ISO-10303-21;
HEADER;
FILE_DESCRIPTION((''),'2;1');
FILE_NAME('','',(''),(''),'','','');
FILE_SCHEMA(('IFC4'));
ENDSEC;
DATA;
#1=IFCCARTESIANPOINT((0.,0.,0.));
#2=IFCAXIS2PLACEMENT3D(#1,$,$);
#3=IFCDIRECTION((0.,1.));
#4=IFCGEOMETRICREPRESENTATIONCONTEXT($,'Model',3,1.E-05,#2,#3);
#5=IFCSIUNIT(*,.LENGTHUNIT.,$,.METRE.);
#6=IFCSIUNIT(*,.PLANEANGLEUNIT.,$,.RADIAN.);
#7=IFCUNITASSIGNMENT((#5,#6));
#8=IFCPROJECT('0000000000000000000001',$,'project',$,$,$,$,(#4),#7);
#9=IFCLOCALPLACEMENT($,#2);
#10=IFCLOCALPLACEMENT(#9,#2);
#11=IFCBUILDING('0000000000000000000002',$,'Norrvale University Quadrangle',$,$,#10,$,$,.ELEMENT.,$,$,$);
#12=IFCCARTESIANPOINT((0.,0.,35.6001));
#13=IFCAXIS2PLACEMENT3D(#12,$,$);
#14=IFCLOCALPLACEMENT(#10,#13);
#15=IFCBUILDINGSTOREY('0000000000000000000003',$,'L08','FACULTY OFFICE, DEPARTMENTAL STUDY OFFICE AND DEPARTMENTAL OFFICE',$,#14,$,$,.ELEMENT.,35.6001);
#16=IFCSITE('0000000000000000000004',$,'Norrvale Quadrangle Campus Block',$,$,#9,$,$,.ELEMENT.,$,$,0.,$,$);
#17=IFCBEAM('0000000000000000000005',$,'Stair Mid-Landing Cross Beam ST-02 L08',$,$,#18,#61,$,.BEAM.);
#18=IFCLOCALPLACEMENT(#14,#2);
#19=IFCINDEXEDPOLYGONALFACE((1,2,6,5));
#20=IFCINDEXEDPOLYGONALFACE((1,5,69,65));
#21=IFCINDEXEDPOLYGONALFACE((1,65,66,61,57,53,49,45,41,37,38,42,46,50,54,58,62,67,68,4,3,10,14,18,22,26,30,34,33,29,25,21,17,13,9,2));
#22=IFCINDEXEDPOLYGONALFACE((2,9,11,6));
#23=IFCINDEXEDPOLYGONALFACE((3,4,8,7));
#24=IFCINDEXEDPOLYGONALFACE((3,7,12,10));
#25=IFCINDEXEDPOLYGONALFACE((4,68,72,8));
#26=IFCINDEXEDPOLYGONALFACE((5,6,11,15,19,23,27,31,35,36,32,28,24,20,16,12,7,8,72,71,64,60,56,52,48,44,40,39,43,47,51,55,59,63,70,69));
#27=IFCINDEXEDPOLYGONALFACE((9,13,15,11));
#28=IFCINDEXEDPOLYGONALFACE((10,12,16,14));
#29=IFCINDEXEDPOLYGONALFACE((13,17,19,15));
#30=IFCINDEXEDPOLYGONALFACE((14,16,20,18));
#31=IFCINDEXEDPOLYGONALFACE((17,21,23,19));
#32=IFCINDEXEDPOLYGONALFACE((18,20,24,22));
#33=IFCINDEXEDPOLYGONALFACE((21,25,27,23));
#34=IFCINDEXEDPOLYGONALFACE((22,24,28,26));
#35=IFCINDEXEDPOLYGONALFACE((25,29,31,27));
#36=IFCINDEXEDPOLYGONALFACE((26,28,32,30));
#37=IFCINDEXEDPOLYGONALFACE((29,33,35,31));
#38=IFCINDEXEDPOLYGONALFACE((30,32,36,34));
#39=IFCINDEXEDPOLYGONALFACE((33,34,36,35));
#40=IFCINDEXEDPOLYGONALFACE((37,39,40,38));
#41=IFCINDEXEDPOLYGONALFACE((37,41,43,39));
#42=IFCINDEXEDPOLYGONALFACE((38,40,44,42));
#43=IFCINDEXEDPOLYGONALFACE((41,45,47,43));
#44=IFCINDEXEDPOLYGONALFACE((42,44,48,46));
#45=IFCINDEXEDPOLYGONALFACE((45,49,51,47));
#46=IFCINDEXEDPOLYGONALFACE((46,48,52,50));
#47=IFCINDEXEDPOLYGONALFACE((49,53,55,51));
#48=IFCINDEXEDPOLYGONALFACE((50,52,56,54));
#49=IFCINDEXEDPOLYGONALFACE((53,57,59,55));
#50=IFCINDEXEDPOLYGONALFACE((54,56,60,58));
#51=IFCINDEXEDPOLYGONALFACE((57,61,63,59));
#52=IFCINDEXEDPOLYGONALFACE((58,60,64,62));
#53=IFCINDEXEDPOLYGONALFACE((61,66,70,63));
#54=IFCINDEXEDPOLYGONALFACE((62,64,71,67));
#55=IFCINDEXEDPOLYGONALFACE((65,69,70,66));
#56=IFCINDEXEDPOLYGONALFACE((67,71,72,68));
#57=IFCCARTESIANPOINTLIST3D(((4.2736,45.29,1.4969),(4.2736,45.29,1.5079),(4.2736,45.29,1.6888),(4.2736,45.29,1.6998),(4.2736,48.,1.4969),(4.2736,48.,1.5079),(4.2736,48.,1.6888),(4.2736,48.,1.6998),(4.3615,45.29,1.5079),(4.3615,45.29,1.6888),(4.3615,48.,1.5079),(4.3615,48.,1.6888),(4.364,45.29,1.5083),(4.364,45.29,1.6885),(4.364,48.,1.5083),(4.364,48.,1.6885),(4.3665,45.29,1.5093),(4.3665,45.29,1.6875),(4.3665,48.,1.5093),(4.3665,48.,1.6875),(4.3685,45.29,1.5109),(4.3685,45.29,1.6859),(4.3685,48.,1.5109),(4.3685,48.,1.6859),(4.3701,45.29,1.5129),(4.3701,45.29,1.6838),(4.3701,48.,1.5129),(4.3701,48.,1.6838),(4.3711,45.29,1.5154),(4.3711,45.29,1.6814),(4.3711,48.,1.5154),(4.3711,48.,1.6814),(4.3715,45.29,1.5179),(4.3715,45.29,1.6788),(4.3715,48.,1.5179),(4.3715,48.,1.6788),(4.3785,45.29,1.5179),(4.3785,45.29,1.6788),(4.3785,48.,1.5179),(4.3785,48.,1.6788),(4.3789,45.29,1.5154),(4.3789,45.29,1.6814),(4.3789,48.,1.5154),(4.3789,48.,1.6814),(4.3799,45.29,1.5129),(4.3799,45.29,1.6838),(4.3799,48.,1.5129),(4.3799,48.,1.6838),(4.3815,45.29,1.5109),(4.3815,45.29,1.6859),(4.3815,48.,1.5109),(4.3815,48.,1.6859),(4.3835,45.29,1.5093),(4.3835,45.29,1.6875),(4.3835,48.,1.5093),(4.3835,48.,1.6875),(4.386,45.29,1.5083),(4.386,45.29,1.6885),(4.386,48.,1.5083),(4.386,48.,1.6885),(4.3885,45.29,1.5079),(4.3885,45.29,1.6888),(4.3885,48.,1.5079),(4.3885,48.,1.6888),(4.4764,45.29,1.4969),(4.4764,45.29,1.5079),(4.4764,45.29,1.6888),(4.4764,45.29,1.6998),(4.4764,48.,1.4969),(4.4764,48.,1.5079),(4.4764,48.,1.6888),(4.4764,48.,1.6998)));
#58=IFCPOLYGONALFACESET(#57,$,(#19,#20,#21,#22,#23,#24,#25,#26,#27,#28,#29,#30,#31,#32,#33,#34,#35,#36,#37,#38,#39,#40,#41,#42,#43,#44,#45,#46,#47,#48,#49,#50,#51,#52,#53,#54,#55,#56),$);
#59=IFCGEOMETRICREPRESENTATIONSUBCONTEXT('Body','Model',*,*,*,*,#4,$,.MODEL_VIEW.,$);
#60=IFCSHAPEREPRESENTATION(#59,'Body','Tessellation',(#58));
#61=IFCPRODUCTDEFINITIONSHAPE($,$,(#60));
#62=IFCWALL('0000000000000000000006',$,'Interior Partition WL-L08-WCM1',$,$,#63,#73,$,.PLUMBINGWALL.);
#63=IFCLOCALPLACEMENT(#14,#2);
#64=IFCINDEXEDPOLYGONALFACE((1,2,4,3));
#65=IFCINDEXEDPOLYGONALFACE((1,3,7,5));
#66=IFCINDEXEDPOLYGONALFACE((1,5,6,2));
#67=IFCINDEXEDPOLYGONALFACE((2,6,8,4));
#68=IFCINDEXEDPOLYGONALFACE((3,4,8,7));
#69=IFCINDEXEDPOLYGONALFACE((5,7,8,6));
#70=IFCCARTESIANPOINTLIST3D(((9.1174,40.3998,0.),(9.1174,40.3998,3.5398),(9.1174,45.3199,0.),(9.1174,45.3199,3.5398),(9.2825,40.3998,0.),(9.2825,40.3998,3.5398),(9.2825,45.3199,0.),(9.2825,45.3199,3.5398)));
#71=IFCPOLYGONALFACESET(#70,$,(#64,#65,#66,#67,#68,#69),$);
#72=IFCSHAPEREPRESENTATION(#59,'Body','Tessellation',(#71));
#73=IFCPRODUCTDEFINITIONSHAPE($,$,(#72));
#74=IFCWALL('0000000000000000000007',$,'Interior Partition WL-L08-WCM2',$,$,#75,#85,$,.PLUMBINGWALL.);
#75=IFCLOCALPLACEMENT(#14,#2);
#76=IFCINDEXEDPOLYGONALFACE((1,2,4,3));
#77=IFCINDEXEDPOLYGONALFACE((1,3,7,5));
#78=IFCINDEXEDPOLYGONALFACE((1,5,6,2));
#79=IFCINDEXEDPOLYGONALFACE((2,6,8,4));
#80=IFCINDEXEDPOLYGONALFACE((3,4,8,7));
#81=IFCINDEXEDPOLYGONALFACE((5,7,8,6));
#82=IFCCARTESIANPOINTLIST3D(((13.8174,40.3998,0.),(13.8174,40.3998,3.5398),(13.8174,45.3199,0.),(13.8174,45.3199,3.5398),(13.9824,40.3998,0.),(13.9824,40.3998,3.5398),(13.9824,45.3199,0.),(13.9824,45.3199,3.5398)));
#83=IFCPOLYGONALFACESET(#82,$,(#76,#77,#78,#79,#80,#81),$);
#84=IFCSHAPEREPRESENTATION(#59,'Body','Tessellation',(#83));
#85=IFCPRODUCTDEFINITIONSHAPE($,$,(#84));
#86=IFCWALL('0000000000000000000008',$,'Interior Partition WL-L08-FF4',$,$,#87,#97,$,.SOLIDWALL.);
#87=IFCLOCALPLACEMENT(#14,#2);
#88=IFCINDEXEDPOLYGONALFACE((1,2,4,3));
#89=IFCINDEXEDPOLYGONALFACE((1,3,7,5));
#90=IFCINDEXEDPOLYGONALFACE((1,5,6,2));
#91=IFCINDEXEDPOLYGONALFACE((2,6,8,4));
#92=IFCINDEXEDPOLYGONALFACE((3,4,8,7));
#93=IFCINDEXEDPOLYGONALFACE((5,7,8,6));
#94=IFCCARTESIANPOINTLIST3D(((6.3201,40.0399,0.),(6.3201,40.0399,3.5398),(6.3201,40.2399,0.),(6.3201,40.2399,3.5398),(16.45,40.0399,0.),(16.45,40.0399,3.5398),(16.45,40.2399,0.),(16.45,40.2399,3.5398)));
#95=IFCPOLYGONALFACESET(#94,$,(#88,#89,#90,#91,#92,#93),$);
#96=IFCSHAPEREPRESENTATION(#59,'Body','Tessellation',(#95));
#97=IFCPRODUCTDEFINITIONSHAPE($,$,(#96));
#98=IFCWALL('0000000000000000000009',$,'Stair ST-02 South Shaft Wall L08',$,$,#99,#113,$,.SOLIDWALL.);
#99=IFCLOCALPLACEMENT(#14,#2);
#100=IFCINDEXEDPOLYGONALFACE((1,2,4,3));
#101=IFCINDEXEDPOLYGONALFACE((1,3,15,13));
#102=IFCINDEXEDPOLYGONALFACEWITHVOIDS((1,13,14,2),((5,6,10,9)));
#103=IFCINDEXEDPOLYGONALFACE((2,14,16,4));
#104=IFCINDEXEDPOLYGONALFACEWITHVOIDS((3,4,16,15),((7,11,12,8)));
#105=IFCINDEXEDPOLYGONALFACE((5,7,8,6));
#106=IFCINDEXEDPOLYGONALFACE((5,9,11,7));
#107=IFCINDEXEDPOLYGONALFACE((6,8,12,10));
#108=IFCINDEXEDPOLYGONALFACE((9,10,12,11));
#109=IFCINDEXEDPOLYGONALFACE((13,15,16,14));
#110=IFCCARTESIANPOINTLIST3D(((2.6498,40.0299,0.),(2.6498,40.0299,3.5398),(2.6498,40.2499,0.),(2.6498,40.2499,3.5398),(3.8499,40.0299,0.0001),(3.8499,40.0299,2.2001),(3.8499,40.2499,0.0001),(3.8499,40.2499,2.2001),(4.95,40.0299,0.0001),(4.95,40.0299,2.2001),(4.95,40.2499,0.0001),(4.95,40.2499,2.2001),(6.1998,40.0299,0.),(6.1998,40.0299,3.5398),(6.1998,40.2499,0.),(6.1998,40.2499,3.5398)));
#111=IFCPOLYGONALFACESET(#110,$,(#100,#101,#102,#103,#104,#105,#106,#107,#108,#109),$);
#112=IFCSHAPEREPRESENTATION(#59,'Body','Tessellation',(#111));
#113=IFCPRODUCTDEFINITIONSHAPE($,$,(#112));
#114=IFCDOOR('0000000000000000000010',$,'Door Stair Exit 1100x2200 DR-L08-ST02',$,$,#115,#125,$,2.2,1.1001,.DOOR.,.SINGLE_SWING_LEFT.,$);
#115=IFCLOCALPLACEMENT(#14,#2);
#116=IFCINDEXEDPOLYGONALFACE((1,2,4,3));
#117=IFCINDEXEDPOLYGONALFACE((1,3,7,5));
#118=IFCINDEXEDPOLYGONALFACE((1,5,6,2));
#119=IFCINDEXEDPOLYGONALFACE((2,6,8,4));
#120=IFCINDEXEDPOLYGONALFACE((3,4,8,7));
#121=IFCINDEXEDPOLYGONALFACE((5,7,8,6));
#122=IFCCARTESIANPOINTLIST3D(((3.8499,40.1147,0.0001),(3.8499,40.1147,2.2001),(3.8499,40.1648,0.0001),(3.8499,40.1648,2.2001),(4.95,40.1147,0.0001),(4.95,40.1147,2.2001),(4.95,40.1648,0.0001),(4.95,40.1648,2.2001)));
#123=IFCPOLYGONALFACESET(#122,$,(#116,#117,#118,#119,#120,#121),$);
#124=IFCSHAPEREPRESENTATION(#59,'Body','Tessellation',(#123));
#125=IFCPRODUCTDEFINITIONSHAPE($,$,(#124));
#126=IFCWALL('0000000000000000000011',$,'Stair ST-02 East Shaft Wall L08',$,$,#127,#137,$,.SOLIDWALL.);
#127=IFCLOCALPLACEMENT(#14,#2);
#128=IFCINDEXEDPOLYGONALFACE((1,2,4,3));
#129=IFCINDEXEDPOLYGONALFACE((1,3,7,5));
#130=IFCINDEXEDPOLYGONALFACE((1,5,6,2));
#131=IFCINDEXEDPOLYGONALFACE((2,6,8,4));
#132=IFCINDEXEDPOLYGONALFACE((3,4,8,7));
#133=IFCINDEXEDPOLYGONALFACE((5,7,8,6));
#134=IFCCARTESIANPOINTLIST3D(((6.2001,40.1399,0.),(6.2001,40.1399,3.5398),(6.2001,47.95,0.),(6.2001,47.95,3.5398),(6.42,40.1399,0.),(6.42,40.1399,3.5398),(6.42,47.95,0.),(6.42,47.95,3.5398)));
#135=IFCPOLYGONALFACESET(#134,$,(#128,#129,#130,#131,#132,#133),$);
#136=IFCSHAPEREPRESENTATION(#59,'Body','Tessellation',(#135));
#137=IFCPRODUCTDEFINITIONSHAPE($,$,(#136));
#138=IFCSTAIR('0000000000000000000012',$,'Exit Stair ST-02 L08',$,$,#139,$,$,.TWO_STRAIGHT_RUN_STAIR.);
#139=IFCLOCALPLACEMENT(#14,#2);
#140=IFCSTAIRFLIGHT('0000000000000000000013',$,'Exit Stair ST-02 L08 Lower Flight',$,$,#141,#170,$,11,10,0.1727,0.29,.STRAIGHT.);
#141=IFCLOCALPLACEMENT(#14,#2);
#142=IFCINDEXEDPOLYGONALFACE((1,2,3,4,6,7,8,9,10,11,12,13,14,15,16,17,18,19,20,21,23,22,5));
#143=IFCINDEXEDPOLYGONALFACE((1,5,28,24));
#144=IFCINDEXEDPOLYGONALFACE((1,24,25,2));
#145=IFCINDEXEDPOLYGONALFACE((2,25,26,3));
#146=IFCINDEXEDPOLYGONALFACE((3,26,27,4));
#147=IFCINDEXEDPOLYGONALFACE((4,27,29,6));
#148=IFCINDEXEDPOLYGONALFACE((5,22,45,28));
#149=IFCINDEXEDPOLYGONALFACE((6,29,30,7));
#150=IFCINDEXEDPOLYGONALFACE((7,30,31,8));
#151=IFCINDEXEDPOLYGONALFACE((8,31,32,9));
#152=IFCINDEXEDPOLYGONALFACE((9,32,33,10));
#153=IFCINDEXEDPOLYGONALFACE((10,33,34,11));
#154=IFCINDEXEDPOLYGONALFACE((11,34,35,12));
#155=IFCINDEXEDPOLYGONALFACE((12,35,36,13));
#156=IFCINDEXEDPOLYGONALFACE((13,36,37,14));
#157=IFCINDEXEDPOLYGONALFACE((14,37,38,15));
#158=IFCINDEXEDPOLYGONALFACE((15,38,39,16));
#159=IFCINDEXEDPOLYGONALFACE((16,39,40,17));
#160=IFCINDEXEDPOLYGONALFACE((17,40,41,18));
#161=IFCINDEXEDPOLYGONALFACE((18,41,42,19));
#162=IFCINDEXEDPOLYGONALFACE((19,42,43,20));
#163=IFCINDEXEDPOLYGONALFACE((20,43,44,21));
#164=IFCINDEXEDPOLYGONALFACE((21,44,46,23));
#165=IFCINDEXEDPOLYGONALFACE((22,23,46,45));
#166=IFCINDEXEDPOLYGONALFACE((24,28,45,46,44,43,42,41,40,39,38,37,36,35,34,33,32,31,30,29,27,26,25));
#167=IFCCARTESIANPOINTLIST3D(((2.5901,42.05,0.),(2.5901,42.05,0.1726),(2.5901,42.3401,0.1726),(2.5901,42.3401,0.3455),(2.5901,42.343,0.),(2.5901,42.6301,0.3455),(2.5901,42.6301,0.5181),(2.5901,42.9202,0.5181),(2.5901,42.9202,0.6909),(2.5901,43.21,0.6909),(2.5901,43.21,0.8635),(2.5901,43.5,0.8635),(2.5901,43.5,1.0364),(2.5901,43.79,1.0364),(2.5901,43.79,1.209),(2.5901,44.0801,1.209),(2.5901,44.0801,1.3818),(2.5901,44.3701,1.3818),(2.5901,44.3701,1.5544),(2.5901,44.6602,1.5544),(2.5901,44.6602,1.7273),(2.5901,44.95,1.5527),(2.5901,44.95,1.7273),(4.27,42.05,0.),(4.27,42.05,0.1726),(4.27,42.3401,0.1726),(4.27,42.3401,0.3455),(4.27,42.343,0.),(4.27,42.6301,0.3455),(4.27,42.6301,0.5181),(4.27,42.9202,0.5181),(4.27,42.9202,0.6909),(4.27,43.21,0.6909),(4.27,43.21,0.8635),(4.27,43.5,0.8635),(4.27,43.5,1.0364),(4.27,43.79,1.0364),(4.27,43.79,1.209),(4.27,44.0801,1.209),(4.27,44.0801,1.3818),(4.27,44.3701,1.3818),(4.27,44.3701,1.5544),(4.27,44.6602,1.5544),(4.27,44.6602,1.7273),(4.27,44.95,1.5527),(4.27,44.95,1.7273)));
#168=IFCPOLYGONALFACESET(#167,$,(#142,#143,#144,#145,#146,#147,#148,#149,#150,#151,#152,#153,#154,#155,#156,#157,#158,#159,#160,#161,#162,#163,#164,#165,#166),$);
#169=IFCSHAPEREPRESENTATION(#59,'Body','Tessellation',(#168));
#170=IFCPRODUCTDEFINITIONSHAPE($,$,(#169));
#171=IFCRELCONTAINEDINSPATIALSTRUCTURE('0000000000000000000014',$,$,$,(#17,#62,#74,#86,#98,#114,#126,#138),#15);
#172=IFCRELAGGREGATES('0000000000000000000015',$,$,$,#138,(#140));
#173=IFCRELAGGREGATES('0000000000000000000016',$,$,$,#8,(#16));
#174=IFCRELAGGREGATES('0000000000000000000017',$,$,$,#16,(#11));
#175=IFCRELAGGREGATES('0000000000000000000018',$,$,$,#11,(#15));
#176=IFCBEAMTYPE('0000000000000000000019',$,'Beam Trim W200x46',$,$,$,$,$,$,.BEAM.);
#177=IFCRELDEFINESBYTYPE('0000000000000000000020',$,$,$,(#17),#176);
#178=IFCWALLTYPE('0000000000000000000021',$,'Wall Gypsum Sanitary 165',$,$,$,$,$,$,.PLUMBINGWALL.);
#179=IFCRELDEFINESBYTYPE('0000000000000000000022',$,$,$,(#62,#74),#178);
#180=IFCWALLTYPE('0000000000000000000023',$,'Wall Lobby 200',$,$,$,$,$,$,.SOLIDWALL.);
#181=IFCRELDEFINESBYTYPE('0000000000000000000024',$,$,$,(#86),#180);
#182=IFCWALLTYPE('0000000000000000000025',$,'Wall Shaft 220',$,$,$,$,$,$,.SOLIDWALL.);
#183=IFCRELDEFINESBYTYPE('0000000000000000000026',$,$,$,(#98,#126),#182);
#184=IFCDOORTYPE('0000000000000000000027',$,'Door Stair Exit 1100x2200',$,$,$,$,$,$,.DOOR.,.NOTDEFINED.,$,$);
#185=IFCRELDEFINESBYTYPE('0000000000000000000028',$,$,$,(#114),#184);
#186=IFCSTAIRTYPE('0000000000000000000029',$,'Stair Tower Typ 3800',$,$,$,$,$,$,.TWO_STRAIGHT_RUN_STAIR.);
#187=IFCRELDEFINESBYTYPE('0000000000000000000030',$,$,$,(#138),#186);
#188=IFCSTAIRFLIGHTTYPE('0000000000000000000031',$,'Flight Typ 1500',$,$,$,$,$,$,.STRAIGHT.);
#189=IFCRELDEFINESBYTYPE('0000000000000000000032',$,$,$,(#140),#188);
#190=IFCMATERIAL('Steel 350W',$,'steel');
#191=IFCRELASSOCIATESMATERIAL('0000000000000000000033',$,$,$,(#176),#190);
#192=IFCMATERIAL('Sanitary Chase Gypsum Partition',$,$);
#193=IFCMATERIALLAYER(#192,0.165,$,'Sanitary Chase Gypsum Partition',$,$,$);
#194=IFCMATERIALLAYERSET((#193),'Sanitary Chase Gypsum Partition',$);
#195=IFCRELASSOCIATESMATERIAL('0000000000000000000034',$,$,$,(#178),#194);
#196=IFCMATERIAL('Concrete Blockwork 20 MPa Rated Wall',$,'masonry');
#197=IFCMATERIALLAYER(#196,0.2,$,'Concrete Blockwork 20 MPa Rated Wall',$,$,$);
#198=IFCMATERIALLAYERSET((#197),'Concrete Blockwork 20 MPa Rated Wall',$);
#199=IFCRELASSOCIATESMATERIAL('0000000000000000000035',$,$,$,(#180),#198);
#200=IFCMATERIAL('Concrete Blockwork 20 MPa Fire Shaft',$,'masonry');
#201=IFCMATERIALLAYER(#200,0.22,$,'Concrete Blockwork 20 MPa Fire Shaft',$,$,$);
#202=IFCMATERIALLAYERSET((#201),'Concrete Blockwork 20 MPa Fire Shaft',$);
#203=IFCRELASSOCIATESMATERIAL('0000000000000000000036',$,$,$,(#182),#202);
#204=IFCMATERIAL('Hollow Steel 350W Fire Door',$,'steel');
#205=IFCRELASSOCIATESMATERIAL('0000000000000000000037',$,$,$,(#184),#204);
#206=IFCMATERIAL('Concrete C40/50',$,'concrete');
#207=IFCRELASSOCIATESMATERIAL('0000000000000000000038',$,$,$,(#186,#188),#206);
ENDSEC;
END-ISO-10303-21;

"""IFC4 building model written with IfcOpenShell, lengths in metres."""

from ifc_helpers import new_model, si_unit, direction, frame, frame_2d, origin, origin_2d, place, context, subcontext, project, spatial, polyline, rectangle, i_section, outline, extrude, material, layer, layer_set, material_profile, profile_set, type_object, element, fill, aggregate, save


model = new_model("IFC4")

# Units and contexts
model_context = context("Model", 3, precision=1e-05, world=origin(), true_north=direction((0.0, 1.0)))
body_context = subcontext(model_context, "Body", "Model", "MODEL_VIEW")
ifc_project = project(units=[si_unit("LENGTHUNIT", "METRE"), si_unit("PLANEANGLEUNIT", "RADIAN")], contexts=[model_context])

# Site, building, storey
site_placement = place(None, origin())
site = spatial("IfcSite", under=ifc_project, at=site_placement, Name="Norrvale Quadrangle Campus Block", CompositionType="ELEMENT", RefElevation=0.0)
building_placement = place(site_placement, origin())
building = spatial("IfcBuilding", under=site, at=building_placement, Name="Norrvale University Quadrangle", CompositionType="ELEMENT")
storey_placement = place(building_placement, frame((0.0, 0.0, 35.6001)))
storey = spatial("IfcBuildingStorey", under=building, at=storey_placement, Name="L08", Description="FACULTY OFFICE, DEPARTMENTAL STUDY OFFICE AND DEPARTMENTAL OFFICE", CompositionType="ELEMENT", Elevation=35.6001)

# Beam
ifc_material_1 = material(Name="Steel 350W", Category="steel")
ifc_material_profile_1 = material_profile(ifc_material_1, i_section(OverallWidth=0.2029, OverallDepth=0.2029, WebThickness=0.0071, FlangeThickness=0.011, FilletRadius=0.01, at=origin_2d()), Name="Steel 350W")
ifc_profile_set_1 = profile_set([ifc_material_profile_1], Name="Steel 350W")
beam_type_1 = type_object("IfcBeamType", Name="Beam Trim W200x46", PredefinedType="BEAM", material=ifc_profile_set_1)
beam_1_placement = place(storey_placement, frame((4.375, 45.29, 1.5984), z_axis=(0.0, 1.0, 0.0), x_axis=(-1.0, 0.0, 0.0)))
element("IfcBeam", 1, at=beam_1_placement, inside=storey, type_object=beam_type_1, Name="Stair Mid-Landing Cross Beam ST-02 L08", PredefinedType="BEAM", context=body_context, shape_type="SweptSolid", body=[
    extrude(i_section(OverallWidth=0.2029, OverallDepth=0.2029, WebThickness=0.0071, FlangeThickness=0.011, FilletRadius=0.01, at=origin_2d()), origin(), (0.0, 0.0, 1.0), 2.71),
])

# Walls
ifc_material_2 = material(Name="Sanitary Chase Gypsum Partition")
ifc_layer_1 = layer(ifc_material_2, 0.165, Name="Sanitary Chase Gypsum Partition")
ifc_layer_set_1 = layer_set([ifc_layer_1], Name="Sanitary Chase Gypsum Partition")
wall_type_1 = type_object("IfcWallType", Name="Wall Gypsum Sanitary 165", PredefinedType="PLUMBINGWALL", material=ifc_layer_set_1)
for number, where, z_axis, x_axis, name in (
    (2, (9.2, 40.3999, 0.0), (0.0, 0.0, 1.0), (0.0, 1.0, 0.0), "Interior Partition WL-L08-WCM1"),
    (3, (13.8999, 40.3999, 0.0), (0.0, 0.0, 1.0), (0.0, 1.0, 0.0), "Interior Partition WL-L08-WCM2"),
):
    element("IfcWall", number, at=place(storey_placement, frame(where, z_axis=z_axis, x_axis=x_axis)), inside=storey, type_object=wall_type_1, Name=name, PredefinedType="PLUMBINGWALL", context=body_context, shape_type="SweptSolid", body=[
        extrude(rectangle(XDim=4.9202, YDim=0.165, at=frame_2d((2.46, 0.0))), origin(), (0.0, 0.0, 1.0), 3.5398),
    ])
ifc_material_3 = material(Name="Concrete Blockwork 20 MPa Rated Wall", Category="masonry")
ifc_layer_2 = layer(ifc_material_3, 0.2, Name="Concrete Blockwork 20 MPa Rated Wall")
ifc_layer_set_2 = layer_set([ifc_layer_2], Name="Concrete Blockwork 20 MPa Rated Wall")
wall_type_2 = type_object("IfcWallType", Name="Wall Lobby 200", PredefinedType="SOLIDWALL", material=ifc_layer_set_2)
wall_1_placement = place(storey_placement, frame((6.3201, 40.1399, 0.0), z_axis=(0.0, 0.0, 1.0), x_axis=(1.0, 0.0, 0.0)))
element("IfcWall", 4, at=wall_1_placement, inside=storey, type_object=wall_type_2, Name="Interior Partition WL-L08-FF4", PredefinedType="SOLIDWALL", context=body_context, shape_type="SweptSolid", body=[
    extrude(rectangle(XDim=10.1299, YDim=0.2, at=frame_2d((5.0649, 0.0))), origin(), (0.0, 0.0, 1.0), 3.5398),
])

# Wall, opening, door
ifc_material_4 = material(Name="Concrete Blockwork 20 MPa Fire Shaft", Category="masonry")
ifc_layer_3 = layer(ifc_material_4, 0.22, Name="Concrete Blockwork 20 MPa Fire Shaft")
ifc_layer_set_3 = layer_set([ifc_layer_3], Name="Concrete Blockwork 20 MPa Fire Shaft")
wall_type_3 = type_object("IfcWallType", Name="Wall Shaft 220", PredefinedType="SOLIDWALL", material=ifc_layer_set_3)
wall_2_placement = place(storey_placement, frame((2.6499, 40.1399, 0.0), z_axis=(0.0, 0.0, 1.0), x_axis=(1.0, 0.0, 0.0)))
wall_2 = element("IfcWall", 5, at=wall_2_placement, inside=storey, type_object=wall_type_3, Name="Stair ST-02 South Shaft Wall L08", PredefinedType="SOLIDWALL", context=body_context, shape_type="SweptSolid", body=[
    extrude(rectangle(XDim=3.55, YDim=0.22, at=frame_2d((1.7749, 0.0))), origin(), (0.0, 0.0, 1.0), 3.5398),
])
opening_placement = place(wall_2_placement, frame((1.2, 0.0, 0.0)))
opening = element("IfcOpeningElement", 6, at=opening_placement, cuts=wall_2, PredefinedType="OPENING", context=body_context, shape_type="SweptSolid", body=[
    extrude(rectangle(XDim=1.1001, YDim=2.2, at=frame_2d((0.55, 1.1001))), frame((0.0, 0.1221, 0.0), z_axis=(0.0, -1.0, 0.0), x_axis=(1.0, 0.0, 0.0)), (0.0, 0.0, 1.0), 0.2439),
])
ifc_material_5 = material(Name="Hollow Steel 350W Fire Door", Category="steel")
door_type = type_object("IfcDoorType", Name="Door Stair Exit 1100x2200", OperationType="NOTDEFINED", PredefinedType="DOOR", material=ifc_material_5)
door_placement = place(opening_placement, origin())
door = element("IfcDoor", 7, at=door_placement, inside=storey, type_object=door_type, Name="Door Stair Exit 1100x2200 DR-L08-ST02", OperationType="SINGLE_SWING_LEFT", OverallHeight=2.2, OverallWidth=1.1001, PredefinedType="DOOR", context=body_context, shape_type="SweptSolid", body=[
    extrude(rectangle(XDim=1.1001, YDim=2.2, at=frame_2d((0.55, 1.1001))), frame((0.0, 0.0249, 0.0), z_axis=(0.0, -1.0, 0.0), x_axis=(1.0, 0.0, 0.0)), (0.0, 0.0, 1.0), 0.05),
])
fill(opening, door)

# Wall
wall_3_placement = place(storey_placement, frame((6.3101, 40.1399, 0.0), z_axis=(0.0, 0.0, 1.0), x_axis=(0.0, 1.0, 0.0)))
element("IfcWall", 8, at=wall_3_placement, inside=storey, type_object=wall_type_3, Name="Stair ST-02 East Shaft Wall L08", PredefinedType="SOLIDWALL", context=body_context, shape_type="SweptSolid", body=[
    extrude(rectangle(XDim=7.8101, YDim=0.22, at=frame_2d((3.905, 0.0))), origin(), (0.0, 0.0, 1.0), 3.5398),
])

# Stair, stair flight
ifc_material_6 = material(Name="Concrete C40/50", Category="concrete")
stair_type = type_object("IfcStairType", Name="Stair Tower Typ 3800", PredefinedType="TWO_STRAIGHT_RUN_STAIR", material=ifc_material_6)
stair_placement = place(storey_placement, origin())
stair = element("IfcStair", 9, at=stair_placement, inside=storey, type_object=stair_type, Name="Exit Stair ST-02 L08", PredefinedType="TWO_STRAIGHT_RUN_STAIR")
stair_flight_type = type_object("IfcStairFlightType", Name="Flight Typ 1500", PredefinedType="STRAIGHT", material=ifc_material_6)
stair_flight_1_placement = place(storey_placement, frame((3.4299, 42.05, 0.0), z_axis=(0.0, 0.0, 1.0), x_axis=(0.0, 1.0, 0.0)))
stair_flight_1 = element("IfcStairFlight", 10, at=stair_flight_1_placement, type_object=stair_flight_type, Name="Exit Stair ST-02 L08 Lower Flight", NumberOfRisers=11, NumberOfTreads=10, PredefinedType="STRAIGHT", RiserHeight=0.1727, TreadLength=0.29, context=body_context, shape_type="SweptSolid", body=[
    extrude(outline(polyline([(0.0, 0.0), (0.0, 0.1726), (0.29, 0.1726), (0.29, 0.3455), (0.5801, 0.3455), (0.5801, 0.5181), (0.8701, 0.5181), (0.8701, 0.6909), (1.1599, 0.6909), (1.1599, 0.8635), (1.45, 0.8635), (1.45, 1.0364), (1.74, 1.0364), (1.74, 1.209), (2.03, 1.209), (2.03, 1.3818), (2.3201, 1.3818), (2.3201, 1.5544), (2.6101, 1.5544), (2.6101, 1.7273), (2.8999, 1.7273), (2.8999, 1.8999), (2.8999, 1.5527), (0.293, 0.0), (0.0, 0.0)])), frame((0.0, 0.8398, 0.0), z_axis=(0.0, -1.0, 0.0), x_axis=(1.0, 0.0, 0.0)), (0.0, 0.0, 1.0), 1.6799),
])
aggregate(stair, [stair_flight_1])

save(model, "model.ifc")
